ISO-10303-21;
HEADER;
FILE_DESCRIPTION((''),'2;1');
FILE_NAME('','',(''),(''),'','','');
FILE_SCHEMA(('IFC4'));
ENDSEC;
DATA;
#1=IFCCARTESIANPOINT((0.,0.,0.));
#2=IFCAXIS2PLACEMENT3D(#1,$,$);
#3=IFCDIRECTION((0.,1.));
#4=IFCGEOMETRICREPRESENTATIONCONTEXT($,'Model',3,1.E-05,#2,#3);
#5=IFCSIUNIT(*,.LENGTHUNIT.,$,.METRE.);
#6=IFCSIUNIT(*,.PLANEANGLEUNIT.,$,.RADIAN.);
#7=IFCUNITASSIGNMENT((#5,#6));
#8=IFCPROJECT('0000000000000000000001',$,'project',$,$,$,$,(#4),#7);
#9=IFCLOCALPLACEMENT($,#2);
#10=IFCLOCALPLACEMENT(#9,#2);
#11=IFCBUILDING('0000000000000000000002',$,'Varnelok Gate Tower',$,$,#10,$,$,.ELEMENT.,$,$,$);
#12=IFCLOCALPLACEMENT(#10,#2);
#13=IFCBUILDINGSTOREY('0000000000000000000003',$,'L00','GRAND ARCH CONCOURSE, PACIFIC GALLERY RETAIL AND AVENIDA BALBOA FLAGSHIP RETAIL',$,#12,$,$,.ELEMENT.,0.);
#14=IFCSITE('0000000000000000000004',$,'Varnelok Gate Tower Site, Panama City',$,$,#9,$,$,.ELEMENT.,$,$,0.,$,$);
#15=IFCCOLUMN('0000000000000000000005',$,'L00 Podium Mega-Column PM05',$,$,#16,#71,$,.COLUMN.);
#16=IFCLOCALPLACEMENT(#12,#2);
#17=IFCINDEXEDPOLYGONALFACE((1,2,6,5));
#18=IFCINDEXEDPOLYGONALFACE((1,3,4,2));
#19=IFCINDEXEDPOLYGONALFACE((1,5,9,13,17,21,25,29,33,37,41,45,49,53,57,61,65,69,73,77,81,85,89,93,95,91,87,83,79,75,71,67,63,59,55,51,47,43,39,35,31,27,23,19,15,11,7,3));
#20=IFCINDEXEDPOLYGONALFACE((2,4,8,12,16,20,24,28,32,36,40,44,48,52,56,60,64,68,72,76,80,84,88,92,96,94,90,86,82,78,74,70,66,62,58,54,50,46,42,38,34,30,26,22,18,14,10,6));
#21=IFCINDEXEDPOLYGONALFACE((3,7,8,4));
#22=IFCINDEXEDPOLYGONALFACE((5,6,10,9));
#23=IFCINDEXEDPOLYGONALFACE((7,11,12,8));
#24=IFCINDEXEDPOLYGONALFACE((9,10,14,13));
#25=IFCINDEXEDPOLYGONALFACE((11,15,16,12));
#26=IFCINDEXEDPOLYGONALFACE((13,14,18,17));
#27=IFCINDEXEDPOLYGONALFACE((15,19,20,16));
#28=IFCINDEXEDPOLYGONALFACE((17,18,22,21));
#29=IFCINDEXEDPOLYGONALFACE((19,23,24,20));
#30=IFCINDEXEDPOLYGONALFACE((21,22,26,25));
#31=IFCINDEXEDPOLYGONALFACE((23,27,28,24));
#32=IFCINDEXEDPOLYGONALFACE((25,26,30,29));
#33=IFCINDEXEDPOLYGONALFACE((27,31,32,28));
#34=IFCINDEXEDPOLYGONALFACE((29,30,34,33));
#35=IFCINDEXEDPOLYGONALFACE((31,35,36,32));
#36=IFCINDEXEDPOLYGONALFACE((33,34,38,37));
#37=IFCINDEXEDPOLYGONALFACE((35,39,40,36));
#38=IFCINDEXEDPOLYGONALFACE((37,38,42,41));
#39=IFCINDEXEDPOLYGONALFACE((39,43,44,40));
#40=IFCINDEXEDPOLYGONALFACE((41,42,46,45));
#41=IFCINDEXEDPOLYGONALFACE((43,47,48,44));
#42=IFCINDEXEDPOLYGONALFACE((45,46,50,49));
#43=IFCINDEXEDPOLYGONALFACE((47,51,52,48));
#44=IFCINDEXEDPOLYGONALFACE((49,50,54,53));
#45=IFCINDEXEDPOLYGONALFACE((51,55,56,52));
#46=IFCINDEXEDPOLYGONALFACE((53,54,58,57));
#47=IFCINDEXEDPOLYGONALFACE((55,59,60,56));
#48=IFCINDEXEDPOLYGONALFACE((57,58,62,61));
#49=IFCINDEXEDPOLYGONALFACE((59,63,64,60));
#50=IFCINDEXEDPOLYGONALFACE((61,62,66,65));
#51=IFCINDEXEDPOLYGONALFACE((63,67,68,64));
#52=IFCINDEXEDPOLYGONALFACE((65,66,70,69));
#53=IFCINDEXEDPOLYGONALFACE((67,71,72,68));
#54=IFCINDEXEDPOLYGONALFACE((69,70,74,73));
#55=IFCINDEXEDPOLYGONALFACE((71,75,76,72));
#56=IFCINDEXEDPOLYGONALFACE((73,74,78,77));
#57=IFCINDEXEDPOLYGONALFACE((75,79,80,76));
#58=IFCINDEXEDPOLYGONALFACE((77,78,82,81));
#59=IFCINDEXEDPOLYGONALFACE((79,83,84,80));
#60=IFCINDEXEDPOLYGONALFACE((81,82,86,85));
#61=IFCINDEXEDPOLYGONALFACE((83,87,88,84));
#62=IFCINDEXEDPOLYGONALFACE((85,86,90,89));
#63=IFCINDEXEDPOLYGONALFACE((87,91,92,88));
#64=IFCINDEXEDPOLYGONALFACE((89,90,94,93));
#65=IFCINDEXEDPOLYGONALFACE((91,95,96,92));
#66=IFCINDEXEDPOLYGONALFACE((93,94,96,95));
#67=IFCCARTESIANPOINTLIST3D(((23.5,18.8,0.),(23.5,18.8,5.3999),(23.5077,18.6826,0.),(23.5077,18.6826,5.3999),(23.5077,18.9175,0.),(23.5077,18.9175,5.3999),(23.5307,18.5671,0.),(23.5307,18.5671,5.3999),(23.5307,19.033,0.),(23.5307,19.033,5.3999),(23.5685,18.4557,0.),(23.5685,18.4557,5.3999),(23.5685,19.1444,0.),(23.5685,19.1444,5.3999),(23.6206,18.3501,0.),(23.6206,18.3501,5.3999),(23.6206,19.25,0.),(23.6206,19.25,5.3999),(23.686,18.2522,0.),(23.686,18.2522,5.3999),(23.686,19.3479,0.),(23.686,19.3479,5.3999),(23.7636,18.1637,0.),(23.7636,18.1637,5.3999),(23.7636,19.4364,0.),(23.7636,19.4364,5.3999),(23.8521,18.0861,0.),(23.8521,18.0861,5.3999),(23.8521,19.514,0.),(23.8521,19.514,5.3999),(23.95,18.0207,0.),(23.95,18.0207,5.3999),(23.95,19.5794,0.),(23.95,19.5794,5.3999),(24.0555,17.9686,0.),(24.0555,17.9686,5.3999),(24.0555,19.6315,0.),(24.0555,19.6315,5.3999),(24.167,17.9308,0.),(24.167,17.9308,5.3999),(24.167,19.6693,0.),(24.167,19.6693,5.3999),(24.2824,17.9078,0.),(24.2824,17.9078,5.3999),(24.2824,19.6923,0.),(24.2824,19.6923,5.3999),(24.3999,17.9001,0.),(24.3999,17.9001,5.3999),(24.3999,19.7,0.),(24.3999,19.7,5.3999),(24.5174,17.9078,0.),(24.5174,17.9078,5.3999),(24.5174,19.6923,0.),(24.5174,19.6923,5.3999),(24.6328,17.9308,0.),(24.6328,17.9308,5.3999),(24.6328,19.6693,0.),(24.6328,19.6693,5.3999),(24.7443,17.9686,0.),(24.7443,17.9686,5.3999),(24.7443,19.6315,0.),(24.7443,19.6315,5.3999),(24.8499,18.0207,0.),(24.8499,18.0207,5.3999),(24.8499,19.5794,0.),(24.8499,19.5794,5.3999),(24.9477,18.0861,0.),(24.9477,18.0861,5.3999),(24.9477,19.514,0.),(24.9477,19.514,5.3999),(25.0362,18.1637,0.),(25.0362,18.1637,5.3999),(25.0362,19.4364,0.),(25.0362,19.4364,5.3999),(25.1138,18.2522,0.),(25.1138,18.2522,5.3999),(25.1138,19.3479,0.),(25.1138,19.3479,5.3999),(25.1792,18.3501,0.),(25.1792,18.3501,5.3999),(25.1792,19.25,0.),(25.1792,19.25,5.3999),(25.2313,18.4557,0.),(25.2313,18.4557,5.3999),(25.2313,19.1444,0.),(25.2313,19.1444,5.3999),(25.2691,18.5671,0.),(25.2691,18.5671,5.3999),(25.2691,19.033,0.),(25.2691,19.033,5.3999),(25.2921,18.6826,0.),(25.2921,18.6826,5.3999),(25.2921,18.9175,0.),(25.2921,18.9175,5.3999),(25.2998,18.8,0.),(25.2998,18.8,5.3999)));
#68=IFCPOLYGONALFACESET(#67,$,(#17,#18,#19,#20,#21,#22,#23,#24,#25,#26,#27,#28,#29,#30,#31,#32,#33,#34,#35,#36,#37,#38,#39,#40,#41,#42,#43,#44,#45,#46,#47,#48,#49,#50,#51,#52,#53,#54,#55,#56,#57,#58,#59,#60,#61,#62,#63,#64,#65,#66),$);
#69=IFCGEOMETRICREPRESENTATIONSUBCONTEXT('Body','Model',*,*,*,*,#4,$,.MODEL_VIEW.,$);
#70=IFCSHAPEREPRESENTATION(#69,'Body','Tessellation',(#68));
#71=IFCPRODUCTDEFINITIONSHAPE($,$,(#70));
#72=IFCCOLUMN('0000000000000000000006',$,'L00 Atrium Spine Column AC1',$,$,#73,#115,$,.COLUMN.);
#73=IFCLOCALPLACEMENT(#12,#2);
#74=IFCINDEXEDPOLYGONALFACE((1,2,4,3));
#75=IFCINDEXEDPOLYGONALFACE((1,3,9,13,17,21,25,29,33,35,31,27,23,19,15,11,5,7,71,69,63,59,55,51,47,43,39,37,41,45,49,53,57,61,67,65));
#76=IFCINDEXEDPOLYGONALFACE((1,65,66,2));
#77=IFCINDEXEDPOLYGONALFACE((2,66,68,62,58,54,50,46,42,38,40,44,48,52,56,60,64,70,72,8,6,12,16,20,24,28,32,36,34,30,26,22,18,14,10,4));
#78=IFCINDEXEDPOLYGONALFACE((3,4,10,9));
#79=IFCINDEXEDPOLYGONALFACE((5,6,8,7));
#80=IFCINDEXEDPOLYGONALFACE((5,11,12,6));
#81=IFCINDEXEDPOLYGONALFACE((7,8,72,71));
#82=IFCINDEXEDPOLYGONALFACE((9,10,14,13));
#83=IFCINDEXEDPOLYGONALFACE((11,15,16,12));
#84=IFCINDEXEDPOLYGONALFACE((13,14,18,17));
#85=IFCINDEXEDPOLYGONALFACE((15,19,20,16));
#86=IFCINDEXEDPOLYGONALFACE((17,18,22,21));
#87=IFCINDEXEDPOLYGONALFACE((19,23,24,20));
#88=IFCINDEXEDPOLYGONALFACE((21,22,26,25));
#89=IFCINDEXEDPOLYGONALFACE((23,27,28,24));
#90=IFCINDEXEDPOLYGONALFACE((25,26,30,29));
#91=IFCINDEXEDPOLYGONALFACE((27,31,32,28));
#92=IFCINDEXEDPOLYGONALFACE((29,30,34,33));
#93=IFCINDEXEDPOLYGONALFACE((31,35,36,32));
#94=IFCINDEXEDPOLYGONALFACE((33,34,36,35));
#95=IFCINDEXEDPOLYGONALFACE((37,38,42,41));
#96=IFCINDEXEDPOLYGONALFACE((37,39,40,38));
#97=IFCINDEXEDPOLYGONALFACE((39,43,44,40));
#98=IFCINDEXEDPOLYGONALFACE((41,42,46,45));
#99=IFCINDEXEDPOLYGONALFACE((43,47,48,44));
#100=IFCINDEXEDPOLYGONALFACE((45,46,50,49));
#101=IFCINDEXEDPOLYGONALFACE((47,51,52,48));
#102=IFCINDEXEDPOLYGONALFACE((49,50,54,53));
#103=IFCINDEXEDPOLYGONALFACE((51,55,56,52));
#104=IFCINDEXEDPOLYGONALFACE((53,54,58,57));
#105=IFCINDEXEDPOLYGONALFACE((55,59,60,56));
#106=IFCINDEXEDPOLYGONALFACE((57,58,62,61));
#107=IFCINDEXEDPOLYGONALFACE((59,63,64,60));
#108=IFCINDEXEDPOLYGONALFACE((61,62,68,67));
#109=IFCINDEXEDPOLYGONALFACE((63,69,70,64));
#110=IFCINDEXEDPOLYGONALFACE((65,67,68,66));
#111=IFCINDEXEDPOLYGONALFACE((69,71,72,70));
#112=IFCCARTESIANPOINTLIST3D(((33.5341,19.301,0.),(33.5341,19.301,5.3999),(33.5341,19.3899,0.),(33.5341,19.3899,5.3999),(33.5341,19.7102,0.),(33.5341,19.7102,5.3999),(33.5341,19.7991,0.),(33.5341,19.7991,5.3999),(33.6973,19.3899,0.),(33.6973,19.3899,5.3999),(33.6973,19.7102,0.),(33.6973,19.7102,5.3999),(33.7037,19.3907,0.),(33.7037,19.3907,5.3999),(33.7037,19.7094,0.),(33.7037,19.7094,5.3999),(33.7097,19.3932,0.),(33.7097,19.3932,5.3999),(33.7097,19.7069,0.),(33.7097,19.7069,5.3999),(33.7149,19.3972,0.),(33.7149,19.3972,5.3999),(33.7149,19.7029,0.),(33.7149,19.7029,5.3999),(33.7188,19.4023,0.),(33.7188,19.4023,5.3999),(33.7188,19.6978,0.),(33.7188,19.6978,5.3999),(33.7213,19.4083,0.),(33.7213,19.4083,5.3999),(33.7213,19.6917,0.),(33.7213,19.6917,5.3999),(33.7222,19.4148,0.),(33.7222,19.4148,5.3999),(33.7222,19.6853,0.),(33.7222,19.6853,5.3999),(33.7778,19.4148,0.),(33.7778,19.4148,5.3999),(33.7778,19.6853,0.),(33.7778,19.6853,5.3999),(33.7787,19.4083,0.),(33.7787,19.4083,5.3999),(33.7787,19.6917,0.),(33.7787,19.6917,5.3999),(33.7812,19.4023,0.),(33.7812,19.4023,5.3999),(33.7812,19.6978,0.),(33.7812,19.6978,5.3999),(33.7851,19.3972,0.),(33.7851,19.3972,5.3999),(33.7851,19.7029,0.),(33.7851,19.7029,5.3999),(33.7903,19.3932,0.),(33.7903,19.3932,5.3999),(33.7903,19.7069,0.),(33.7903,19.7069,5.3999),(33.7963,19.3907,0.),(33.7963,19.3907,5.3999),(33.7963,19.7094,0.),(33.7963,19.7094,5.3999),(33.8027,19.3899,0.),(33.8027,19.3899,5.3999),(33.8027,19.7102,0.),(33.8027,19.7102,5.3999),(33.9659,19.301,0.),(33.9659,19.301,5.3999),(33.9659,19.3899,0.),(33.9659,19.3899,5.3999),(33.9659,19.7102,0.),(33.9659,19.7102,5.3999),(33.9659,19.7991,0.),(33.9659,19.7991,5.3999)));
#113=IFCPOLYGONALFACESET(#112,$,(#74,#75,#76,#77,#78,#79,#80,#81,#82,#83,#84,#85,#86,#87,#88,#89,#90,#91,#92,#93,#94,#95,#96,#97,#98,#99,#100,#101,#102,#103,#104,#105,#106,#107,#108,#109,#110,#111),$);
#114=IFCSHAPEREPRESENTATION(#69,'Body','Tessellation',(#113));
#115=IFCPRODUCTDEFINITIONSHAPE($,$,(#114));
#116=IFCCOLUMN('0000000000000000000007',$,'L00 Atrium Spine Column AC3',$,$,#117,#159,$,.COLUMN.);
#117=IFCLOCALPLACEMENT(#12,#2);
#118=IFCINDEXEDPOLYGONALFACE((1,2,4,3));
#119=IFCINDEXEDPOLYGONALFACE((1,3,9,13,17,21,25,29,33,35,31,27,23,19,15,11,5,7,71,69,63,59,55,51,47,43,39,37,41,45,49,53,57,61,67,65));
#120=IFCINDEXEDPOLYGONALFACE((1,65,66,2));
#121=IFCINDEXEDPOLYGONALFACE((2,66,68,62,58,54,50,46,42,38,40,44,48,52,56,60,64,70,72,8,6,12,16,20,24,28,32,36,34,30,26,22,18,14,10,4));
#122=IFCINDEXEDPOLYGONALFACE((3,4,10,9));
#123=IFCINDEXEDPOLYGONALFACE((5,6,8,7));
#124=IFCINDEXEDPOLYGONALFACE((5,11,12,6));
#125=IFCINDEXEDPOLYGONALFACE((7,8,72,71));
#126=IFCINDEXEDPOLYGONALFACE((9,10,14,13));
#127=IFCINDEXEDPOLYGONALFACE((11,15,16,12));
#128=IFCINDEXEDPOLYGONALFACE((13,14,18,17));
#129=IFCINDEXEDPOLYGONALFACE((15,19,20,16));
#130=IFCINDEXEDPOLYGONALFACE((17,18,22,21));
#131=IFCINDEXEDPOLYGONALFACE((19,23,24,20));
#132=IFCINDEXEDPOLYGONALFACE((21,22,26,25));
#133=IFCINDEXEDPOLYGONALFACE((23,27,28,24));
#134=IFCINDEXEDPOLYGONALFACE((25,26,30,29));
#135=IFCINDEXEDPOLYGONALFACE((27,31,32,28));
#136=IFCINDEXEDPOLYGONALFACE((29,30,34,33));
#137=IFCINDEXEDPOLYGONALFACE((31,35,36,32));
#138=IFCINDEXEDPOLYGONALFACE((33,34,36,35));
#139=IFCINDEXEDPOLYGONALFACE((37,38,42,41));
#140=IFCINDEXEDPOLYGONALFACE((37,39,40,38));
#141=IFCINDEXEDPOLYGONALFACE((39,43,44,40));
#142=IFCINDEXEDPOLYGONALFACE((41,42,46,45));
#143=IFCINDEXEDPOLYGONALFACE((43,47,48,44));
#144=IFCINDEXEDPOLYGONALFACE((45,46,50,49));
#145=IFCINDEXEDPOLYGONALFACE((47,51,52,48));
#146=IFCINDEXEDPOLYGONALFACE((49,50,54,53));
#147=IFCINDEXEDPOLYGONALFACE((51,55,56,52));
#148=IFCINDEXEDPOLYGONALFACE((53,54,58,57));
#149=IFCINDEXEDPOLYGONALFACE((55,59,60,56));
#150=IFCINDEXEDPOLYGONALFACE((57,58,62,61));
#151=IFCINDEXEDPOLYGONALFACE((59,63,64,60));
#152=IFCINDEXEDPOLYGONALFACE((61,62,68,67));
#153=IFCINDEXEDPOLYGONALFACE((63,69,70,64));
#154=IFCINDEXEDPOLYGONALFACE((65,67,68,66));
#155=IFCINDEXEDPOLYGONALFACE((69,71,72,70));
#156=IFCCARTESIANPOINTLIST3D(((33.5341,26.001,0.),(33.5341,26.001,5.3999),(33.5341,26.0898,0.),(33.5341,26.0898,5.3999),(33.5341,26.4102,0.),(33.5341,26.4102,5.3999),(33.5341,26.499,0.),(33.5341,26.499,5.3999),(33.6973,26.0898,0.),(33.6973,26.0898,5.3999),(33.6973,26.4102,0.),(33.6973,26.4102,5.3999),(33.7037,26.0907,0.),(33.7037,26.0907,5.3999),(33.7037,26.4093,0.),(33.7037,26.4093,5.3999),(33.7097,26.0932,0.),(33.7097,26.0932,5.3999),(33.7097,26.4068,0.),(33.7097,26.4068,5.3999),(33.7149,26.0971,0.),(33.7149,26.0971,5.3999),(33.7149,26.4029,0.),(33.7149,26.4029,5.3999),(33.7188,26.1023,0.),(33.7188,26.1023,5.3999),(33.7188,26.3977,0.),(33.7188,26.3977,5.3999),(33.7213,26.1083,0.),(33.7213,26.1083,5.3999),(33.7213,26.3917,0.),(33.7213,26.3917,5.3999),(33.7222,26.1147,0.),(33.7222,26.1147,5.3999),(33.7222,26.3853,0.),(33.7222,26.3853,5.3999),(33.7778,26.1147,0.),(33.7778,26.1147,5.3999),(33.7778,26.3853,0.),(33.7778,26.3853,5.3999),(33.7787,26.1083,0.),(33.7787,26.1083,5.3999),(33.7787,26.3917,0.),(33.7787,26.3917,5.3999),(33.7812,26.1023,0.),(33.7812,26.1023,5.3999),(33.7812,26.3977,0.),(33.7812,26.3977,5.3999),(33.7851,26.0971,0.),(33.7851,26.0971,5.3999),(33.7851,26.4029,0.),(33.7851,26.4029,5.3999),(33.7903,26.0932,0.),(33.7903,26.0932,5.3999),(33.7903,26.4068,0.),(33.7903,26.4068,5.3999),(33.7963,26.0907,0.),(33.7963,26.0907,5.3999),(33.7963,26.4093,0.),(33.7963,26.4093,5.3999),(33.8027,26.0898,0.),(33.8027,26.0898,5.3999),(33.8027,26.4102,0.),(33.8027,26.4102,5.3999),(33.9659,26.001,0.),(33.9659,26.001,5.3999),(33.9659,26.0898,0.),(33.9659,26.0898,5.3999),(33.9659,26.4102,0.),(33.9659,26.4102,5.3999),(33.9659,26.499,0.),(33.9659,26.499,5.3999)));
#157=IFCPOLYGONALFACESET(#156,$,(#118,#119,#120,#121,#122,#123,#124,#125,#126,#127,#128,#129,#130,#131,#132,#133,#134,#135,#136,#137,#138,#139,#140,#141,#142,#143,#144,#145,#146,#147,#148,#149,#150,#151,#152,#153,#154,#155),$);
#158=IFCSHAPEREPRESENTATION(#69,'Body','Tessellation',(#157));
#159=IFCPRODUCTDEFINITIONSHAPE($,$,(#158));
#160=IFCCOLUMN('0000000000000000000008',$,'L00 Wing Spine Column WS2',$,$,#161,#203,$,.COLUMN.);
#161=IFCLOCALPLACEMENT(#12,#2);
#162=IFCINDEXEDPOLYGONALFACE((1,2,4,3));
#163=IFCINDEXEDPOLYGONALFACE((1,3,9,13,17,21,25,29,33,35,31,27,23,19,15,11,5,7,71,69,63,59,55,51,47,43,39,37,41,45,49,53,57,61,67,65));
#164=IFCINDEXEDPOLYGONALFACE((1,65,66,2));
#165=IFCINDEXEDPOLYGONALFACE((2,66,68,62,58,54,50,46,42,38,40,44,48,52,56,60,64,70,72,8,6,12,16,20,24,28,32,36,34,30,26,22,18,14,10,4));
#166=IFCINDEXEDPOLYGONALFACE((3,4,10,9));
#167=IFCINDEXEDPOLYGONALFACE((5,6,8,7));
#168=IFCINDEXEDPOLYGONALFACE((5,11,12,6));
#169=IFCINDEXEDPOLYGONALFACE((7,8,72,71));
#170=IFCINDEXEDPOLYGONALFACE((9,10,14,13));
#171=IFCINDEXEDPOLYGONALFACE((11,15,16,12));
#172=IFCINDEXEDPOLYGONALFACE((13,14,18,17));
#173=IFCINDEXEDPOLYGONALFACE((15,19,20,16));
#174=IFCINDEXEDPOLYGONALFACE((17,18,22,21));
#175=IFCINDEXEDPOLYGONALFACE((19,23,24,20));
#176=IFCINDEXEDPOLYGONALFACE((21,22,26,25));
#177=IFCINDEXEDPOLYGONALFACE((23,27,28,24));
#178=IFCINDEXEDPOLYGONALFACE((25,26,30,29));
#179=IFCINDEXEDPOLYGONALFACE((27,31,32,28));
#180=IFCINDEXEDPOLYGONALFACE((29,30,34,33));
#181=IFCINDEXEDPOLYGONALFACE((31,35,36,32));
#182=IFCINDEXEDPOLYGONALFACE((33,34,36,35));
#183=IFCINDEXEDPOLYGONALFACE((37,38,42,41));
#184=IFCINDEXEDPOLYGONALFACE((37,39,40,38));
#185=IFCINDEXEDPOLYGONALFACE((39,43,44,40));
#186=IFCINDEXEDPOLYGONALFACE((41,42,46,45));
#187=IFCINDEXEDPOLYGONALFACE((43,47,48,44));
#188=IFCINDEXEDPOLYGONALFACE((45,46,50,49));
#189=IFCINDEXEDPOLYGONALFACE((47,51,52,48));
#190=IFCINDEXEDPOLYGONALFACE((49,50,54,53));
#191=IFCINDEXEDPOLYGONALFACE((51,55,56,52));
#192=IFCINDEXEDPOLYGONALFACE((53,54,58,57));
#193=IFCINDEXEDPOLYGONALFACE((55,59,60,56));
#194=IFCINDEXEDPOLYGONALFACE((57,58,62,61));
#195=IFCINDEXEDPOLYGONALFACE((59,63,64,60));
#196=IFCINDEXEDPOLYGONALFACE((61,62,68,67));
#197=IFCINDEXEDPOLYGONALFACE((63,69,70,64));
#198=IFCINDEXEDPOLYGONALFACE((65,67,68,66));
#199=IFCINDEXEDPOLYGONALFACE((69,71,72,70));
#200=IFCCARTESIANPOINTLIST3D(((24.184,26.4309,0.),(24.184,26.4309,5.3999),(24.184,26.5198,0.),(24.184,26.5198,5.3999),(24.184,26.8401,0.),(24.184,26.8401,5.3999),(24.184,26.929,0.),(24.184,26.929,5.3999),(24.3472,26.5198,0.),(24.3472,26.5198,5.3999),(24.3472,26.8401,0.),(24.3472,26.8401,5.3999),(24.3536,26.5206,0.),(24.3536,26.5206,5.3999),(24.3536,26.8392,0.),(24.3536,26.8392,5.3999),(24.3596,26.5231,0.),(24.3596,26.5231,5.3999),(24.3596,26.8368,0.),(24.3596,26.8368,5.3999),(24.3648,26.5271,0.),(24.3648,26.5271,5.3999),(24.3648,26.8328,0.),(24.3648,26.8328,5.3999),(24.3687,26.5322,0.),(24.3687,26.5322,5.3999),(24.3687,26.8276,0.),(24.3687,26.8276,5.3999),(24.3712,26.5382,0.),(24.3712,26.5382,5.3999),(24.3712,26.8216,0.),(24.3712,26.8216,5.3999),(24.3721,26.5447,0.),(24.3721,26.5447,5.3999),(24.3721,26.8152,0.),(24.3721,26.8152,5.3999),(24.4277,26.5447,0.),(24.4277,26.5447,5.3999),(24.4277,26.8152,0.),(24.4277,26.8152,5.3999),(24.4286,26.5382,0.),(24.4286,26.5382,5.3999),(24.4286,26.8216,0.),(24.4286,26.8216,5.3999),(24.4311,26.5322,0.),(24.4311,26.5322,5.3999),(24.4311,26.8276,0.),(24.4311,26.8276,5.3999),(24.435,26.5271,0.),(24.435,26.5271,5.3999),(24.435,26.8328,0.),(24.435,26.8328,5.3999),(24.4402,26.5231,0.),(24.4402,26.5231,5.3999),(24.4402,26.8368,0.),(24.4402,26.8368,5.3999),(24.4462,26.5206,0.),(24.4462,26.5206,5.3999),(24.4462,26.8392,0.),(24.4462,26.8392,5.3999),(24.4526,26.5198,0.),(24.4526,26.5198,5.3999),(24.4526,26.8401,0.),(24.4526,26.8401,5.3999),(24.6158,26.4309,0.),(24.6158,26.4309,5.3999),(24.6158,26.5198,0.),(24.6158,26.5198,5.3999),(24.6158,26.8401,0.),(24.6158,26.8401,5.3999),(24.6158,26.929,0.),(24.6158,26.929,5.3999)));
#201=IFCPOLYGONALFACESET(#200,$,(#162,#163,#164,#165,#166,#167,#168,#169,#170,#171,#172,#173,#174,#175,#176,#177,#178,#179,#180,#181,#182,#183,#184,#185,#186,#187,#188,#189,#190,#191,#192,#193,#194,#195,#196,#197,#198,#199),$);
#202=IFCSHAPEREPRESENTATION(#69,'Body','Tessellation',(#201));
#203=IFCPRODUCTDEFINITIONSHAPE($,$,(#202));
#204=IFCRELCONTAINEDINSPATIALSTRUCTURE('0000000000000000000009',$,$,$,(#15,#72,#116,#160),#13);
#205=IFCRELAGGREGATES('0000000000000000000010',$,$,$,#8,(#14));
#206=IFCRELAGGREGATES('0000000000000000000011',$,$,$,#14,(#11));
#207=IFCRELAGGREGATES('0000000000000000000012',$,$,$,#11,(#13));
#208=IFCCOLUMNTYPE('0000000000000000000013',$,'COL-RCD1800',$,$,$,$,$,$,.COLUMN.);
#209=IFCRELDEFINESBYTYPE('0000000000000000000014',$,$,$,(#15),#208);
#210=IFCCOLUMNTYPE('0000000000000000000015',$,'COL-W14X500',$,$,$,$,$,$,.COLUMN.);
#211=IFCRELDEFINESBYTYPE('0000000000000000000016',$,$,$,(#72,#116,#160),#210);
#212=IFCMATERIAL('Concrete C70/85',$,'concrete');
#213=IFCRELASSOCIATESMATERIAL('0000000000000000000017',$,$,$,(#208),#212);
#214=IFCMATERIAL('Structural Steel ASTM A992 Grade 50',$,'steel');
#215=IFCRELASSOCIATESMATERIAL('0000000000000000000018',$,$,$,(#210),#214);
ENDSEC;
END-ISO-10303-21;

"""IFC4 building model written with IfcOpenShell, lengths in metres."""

from ifc_helpers import new_model, si_unit, direction, frame, origin, origin_2d, place, context, subcontext, project, spatial, circle, i_section, extrude, material, material_profile, profile_set, type_object, element, save


model = new_model("IFC4")

# Units and contexts
model_context = context("Model", 3, precision=1e-05, world=origin(), true_north=direction((0.0, 1.0)))
body_context = subcontext(model_context, "Body", "Model", "MODEL_VIEW")
ifc_project = project(units=[si_unit("LENGTHUNIT", "METRE"), si_unit("PLANEANGLEUNIT", "RADIAN")], contexts=[model_context])

# Site, building, storey
site_placement = place(None, origin())
site = spatial("IfcSite", under=ifc_project, at=site_placement, Name="Varnelok Gate Tower Site, Panama City", CompositionType="ELEMENT", RefElevation=0.0)
building_placement = place(site_placement, origin())
building = spatial("IfcBuilding", under=site, at=building_placement, Name="Varnelok Gate Tower", CompositionType="ELEMENT")
storey_placement = place(building_placement, origin())
storey = spatial("IfcBuildingStorey", under=building, at=storey_placement, Name="L00", Description="GRAND ARCH CONCOURSE, PACIFIC GALLERY RETAIL AND AVENIDA BALBOA FLAGSHIP RETAIL", CompositionType="ELEMENT", Elevation=0.0)

# Columns
ifc_material_1 = material(Name="Concrete C70/85", Category="concrete")
ifc_material_profile_1 = material_profile(ifc_material_1, circle(Radius=0.8999, at=origin_2d()), Name="RCD1800")
ifc_profile_set_1 = profile_set([ifc_material_profile_1], Name="Concrete C70/85")
column_type_1 = type_object("IfcColumnType", Name="COL-RCD1800", PredefinedType="COLUMN", material=ifc_profile_set_1)
column_placement = place(storey_placement, frame((24.3999, 18.8, 0.0), z_axis=(0.0, 0.0, 1.0), x_axis=(1.0, 0.0, 0.0)))
element("IfcColumn", 1, at=column_placement, inside=storey, type_object=column_type_1, Name="L00 Podium Mega-Column PM05", PredefinedType="COLUMN", context=body_context, shape_type="SweptSolid", body=[
    extrude(circle(Radius=0.8999, at=origin_2d()), origin(), (0.0, 0.0, 1.0), 5.3999),
])
ifc_material_2 = material(Name="Structural Steel ASTM A992 Grade 50", Category="steel")
ifc_material_profile_2 = material_profile(ifc_material_2, i_section(OverallWidth=0.4319, OverallDepth=0.498, WebThickness=0.0557, FlangeThickness=0.0889, FilletRadius=0.0249, at=origin_2d()), Name="W14X500")
ifc_profile_set_2 = profile_set([ifc_material_profile_2], Name="Structural Steel ASTM A992 Grade 50")
column_type_2 = type_object("IfcColumnType", Name="COL-W14X500", PredefinedType="COLUMN", material=ifc_profile_set_2)
for number, where, z_axis, x_axis, name in (
    (2, (33.75, 19.55, 0.0), (0.0, 0.0, 1.0), (1.0, 0.0, 0.0), "L00 Atrium Spine Column AC1"),
    (3, (33.75, 26.25, 0.0), (0.0, 0.0, 1.0), (1.0, 0.0, 0.0), "L00 Atrium Spine Column AC3"),
    (4, (24.3999, 26.6799, 0.0), (0.0, 0.0, 1.0), (1.0, 0.0, 0.0), "L00 Wing Spine Column WS2"),
):
    element("IfcColumn", number, at=place(storey_placement, frame(where, z_axis=z_axis, x_axis=x_axis)), inside=storey, type_object=column_type_2, Name=name, PredefinedType="COLUMN", context=body_context, shape_type="SweptSolid", body=[
        extrude(i_section(OverallWidth=0.4319, OverallDepth=0.498, WebThickness=0.0557, FlangeThickness=0.0889, FilletRadius=0.0249, at=origin_2d()), origin(), (0.0, 0.0, 1.0), 5.3999),
    ])

save(model, "model.ifc")
